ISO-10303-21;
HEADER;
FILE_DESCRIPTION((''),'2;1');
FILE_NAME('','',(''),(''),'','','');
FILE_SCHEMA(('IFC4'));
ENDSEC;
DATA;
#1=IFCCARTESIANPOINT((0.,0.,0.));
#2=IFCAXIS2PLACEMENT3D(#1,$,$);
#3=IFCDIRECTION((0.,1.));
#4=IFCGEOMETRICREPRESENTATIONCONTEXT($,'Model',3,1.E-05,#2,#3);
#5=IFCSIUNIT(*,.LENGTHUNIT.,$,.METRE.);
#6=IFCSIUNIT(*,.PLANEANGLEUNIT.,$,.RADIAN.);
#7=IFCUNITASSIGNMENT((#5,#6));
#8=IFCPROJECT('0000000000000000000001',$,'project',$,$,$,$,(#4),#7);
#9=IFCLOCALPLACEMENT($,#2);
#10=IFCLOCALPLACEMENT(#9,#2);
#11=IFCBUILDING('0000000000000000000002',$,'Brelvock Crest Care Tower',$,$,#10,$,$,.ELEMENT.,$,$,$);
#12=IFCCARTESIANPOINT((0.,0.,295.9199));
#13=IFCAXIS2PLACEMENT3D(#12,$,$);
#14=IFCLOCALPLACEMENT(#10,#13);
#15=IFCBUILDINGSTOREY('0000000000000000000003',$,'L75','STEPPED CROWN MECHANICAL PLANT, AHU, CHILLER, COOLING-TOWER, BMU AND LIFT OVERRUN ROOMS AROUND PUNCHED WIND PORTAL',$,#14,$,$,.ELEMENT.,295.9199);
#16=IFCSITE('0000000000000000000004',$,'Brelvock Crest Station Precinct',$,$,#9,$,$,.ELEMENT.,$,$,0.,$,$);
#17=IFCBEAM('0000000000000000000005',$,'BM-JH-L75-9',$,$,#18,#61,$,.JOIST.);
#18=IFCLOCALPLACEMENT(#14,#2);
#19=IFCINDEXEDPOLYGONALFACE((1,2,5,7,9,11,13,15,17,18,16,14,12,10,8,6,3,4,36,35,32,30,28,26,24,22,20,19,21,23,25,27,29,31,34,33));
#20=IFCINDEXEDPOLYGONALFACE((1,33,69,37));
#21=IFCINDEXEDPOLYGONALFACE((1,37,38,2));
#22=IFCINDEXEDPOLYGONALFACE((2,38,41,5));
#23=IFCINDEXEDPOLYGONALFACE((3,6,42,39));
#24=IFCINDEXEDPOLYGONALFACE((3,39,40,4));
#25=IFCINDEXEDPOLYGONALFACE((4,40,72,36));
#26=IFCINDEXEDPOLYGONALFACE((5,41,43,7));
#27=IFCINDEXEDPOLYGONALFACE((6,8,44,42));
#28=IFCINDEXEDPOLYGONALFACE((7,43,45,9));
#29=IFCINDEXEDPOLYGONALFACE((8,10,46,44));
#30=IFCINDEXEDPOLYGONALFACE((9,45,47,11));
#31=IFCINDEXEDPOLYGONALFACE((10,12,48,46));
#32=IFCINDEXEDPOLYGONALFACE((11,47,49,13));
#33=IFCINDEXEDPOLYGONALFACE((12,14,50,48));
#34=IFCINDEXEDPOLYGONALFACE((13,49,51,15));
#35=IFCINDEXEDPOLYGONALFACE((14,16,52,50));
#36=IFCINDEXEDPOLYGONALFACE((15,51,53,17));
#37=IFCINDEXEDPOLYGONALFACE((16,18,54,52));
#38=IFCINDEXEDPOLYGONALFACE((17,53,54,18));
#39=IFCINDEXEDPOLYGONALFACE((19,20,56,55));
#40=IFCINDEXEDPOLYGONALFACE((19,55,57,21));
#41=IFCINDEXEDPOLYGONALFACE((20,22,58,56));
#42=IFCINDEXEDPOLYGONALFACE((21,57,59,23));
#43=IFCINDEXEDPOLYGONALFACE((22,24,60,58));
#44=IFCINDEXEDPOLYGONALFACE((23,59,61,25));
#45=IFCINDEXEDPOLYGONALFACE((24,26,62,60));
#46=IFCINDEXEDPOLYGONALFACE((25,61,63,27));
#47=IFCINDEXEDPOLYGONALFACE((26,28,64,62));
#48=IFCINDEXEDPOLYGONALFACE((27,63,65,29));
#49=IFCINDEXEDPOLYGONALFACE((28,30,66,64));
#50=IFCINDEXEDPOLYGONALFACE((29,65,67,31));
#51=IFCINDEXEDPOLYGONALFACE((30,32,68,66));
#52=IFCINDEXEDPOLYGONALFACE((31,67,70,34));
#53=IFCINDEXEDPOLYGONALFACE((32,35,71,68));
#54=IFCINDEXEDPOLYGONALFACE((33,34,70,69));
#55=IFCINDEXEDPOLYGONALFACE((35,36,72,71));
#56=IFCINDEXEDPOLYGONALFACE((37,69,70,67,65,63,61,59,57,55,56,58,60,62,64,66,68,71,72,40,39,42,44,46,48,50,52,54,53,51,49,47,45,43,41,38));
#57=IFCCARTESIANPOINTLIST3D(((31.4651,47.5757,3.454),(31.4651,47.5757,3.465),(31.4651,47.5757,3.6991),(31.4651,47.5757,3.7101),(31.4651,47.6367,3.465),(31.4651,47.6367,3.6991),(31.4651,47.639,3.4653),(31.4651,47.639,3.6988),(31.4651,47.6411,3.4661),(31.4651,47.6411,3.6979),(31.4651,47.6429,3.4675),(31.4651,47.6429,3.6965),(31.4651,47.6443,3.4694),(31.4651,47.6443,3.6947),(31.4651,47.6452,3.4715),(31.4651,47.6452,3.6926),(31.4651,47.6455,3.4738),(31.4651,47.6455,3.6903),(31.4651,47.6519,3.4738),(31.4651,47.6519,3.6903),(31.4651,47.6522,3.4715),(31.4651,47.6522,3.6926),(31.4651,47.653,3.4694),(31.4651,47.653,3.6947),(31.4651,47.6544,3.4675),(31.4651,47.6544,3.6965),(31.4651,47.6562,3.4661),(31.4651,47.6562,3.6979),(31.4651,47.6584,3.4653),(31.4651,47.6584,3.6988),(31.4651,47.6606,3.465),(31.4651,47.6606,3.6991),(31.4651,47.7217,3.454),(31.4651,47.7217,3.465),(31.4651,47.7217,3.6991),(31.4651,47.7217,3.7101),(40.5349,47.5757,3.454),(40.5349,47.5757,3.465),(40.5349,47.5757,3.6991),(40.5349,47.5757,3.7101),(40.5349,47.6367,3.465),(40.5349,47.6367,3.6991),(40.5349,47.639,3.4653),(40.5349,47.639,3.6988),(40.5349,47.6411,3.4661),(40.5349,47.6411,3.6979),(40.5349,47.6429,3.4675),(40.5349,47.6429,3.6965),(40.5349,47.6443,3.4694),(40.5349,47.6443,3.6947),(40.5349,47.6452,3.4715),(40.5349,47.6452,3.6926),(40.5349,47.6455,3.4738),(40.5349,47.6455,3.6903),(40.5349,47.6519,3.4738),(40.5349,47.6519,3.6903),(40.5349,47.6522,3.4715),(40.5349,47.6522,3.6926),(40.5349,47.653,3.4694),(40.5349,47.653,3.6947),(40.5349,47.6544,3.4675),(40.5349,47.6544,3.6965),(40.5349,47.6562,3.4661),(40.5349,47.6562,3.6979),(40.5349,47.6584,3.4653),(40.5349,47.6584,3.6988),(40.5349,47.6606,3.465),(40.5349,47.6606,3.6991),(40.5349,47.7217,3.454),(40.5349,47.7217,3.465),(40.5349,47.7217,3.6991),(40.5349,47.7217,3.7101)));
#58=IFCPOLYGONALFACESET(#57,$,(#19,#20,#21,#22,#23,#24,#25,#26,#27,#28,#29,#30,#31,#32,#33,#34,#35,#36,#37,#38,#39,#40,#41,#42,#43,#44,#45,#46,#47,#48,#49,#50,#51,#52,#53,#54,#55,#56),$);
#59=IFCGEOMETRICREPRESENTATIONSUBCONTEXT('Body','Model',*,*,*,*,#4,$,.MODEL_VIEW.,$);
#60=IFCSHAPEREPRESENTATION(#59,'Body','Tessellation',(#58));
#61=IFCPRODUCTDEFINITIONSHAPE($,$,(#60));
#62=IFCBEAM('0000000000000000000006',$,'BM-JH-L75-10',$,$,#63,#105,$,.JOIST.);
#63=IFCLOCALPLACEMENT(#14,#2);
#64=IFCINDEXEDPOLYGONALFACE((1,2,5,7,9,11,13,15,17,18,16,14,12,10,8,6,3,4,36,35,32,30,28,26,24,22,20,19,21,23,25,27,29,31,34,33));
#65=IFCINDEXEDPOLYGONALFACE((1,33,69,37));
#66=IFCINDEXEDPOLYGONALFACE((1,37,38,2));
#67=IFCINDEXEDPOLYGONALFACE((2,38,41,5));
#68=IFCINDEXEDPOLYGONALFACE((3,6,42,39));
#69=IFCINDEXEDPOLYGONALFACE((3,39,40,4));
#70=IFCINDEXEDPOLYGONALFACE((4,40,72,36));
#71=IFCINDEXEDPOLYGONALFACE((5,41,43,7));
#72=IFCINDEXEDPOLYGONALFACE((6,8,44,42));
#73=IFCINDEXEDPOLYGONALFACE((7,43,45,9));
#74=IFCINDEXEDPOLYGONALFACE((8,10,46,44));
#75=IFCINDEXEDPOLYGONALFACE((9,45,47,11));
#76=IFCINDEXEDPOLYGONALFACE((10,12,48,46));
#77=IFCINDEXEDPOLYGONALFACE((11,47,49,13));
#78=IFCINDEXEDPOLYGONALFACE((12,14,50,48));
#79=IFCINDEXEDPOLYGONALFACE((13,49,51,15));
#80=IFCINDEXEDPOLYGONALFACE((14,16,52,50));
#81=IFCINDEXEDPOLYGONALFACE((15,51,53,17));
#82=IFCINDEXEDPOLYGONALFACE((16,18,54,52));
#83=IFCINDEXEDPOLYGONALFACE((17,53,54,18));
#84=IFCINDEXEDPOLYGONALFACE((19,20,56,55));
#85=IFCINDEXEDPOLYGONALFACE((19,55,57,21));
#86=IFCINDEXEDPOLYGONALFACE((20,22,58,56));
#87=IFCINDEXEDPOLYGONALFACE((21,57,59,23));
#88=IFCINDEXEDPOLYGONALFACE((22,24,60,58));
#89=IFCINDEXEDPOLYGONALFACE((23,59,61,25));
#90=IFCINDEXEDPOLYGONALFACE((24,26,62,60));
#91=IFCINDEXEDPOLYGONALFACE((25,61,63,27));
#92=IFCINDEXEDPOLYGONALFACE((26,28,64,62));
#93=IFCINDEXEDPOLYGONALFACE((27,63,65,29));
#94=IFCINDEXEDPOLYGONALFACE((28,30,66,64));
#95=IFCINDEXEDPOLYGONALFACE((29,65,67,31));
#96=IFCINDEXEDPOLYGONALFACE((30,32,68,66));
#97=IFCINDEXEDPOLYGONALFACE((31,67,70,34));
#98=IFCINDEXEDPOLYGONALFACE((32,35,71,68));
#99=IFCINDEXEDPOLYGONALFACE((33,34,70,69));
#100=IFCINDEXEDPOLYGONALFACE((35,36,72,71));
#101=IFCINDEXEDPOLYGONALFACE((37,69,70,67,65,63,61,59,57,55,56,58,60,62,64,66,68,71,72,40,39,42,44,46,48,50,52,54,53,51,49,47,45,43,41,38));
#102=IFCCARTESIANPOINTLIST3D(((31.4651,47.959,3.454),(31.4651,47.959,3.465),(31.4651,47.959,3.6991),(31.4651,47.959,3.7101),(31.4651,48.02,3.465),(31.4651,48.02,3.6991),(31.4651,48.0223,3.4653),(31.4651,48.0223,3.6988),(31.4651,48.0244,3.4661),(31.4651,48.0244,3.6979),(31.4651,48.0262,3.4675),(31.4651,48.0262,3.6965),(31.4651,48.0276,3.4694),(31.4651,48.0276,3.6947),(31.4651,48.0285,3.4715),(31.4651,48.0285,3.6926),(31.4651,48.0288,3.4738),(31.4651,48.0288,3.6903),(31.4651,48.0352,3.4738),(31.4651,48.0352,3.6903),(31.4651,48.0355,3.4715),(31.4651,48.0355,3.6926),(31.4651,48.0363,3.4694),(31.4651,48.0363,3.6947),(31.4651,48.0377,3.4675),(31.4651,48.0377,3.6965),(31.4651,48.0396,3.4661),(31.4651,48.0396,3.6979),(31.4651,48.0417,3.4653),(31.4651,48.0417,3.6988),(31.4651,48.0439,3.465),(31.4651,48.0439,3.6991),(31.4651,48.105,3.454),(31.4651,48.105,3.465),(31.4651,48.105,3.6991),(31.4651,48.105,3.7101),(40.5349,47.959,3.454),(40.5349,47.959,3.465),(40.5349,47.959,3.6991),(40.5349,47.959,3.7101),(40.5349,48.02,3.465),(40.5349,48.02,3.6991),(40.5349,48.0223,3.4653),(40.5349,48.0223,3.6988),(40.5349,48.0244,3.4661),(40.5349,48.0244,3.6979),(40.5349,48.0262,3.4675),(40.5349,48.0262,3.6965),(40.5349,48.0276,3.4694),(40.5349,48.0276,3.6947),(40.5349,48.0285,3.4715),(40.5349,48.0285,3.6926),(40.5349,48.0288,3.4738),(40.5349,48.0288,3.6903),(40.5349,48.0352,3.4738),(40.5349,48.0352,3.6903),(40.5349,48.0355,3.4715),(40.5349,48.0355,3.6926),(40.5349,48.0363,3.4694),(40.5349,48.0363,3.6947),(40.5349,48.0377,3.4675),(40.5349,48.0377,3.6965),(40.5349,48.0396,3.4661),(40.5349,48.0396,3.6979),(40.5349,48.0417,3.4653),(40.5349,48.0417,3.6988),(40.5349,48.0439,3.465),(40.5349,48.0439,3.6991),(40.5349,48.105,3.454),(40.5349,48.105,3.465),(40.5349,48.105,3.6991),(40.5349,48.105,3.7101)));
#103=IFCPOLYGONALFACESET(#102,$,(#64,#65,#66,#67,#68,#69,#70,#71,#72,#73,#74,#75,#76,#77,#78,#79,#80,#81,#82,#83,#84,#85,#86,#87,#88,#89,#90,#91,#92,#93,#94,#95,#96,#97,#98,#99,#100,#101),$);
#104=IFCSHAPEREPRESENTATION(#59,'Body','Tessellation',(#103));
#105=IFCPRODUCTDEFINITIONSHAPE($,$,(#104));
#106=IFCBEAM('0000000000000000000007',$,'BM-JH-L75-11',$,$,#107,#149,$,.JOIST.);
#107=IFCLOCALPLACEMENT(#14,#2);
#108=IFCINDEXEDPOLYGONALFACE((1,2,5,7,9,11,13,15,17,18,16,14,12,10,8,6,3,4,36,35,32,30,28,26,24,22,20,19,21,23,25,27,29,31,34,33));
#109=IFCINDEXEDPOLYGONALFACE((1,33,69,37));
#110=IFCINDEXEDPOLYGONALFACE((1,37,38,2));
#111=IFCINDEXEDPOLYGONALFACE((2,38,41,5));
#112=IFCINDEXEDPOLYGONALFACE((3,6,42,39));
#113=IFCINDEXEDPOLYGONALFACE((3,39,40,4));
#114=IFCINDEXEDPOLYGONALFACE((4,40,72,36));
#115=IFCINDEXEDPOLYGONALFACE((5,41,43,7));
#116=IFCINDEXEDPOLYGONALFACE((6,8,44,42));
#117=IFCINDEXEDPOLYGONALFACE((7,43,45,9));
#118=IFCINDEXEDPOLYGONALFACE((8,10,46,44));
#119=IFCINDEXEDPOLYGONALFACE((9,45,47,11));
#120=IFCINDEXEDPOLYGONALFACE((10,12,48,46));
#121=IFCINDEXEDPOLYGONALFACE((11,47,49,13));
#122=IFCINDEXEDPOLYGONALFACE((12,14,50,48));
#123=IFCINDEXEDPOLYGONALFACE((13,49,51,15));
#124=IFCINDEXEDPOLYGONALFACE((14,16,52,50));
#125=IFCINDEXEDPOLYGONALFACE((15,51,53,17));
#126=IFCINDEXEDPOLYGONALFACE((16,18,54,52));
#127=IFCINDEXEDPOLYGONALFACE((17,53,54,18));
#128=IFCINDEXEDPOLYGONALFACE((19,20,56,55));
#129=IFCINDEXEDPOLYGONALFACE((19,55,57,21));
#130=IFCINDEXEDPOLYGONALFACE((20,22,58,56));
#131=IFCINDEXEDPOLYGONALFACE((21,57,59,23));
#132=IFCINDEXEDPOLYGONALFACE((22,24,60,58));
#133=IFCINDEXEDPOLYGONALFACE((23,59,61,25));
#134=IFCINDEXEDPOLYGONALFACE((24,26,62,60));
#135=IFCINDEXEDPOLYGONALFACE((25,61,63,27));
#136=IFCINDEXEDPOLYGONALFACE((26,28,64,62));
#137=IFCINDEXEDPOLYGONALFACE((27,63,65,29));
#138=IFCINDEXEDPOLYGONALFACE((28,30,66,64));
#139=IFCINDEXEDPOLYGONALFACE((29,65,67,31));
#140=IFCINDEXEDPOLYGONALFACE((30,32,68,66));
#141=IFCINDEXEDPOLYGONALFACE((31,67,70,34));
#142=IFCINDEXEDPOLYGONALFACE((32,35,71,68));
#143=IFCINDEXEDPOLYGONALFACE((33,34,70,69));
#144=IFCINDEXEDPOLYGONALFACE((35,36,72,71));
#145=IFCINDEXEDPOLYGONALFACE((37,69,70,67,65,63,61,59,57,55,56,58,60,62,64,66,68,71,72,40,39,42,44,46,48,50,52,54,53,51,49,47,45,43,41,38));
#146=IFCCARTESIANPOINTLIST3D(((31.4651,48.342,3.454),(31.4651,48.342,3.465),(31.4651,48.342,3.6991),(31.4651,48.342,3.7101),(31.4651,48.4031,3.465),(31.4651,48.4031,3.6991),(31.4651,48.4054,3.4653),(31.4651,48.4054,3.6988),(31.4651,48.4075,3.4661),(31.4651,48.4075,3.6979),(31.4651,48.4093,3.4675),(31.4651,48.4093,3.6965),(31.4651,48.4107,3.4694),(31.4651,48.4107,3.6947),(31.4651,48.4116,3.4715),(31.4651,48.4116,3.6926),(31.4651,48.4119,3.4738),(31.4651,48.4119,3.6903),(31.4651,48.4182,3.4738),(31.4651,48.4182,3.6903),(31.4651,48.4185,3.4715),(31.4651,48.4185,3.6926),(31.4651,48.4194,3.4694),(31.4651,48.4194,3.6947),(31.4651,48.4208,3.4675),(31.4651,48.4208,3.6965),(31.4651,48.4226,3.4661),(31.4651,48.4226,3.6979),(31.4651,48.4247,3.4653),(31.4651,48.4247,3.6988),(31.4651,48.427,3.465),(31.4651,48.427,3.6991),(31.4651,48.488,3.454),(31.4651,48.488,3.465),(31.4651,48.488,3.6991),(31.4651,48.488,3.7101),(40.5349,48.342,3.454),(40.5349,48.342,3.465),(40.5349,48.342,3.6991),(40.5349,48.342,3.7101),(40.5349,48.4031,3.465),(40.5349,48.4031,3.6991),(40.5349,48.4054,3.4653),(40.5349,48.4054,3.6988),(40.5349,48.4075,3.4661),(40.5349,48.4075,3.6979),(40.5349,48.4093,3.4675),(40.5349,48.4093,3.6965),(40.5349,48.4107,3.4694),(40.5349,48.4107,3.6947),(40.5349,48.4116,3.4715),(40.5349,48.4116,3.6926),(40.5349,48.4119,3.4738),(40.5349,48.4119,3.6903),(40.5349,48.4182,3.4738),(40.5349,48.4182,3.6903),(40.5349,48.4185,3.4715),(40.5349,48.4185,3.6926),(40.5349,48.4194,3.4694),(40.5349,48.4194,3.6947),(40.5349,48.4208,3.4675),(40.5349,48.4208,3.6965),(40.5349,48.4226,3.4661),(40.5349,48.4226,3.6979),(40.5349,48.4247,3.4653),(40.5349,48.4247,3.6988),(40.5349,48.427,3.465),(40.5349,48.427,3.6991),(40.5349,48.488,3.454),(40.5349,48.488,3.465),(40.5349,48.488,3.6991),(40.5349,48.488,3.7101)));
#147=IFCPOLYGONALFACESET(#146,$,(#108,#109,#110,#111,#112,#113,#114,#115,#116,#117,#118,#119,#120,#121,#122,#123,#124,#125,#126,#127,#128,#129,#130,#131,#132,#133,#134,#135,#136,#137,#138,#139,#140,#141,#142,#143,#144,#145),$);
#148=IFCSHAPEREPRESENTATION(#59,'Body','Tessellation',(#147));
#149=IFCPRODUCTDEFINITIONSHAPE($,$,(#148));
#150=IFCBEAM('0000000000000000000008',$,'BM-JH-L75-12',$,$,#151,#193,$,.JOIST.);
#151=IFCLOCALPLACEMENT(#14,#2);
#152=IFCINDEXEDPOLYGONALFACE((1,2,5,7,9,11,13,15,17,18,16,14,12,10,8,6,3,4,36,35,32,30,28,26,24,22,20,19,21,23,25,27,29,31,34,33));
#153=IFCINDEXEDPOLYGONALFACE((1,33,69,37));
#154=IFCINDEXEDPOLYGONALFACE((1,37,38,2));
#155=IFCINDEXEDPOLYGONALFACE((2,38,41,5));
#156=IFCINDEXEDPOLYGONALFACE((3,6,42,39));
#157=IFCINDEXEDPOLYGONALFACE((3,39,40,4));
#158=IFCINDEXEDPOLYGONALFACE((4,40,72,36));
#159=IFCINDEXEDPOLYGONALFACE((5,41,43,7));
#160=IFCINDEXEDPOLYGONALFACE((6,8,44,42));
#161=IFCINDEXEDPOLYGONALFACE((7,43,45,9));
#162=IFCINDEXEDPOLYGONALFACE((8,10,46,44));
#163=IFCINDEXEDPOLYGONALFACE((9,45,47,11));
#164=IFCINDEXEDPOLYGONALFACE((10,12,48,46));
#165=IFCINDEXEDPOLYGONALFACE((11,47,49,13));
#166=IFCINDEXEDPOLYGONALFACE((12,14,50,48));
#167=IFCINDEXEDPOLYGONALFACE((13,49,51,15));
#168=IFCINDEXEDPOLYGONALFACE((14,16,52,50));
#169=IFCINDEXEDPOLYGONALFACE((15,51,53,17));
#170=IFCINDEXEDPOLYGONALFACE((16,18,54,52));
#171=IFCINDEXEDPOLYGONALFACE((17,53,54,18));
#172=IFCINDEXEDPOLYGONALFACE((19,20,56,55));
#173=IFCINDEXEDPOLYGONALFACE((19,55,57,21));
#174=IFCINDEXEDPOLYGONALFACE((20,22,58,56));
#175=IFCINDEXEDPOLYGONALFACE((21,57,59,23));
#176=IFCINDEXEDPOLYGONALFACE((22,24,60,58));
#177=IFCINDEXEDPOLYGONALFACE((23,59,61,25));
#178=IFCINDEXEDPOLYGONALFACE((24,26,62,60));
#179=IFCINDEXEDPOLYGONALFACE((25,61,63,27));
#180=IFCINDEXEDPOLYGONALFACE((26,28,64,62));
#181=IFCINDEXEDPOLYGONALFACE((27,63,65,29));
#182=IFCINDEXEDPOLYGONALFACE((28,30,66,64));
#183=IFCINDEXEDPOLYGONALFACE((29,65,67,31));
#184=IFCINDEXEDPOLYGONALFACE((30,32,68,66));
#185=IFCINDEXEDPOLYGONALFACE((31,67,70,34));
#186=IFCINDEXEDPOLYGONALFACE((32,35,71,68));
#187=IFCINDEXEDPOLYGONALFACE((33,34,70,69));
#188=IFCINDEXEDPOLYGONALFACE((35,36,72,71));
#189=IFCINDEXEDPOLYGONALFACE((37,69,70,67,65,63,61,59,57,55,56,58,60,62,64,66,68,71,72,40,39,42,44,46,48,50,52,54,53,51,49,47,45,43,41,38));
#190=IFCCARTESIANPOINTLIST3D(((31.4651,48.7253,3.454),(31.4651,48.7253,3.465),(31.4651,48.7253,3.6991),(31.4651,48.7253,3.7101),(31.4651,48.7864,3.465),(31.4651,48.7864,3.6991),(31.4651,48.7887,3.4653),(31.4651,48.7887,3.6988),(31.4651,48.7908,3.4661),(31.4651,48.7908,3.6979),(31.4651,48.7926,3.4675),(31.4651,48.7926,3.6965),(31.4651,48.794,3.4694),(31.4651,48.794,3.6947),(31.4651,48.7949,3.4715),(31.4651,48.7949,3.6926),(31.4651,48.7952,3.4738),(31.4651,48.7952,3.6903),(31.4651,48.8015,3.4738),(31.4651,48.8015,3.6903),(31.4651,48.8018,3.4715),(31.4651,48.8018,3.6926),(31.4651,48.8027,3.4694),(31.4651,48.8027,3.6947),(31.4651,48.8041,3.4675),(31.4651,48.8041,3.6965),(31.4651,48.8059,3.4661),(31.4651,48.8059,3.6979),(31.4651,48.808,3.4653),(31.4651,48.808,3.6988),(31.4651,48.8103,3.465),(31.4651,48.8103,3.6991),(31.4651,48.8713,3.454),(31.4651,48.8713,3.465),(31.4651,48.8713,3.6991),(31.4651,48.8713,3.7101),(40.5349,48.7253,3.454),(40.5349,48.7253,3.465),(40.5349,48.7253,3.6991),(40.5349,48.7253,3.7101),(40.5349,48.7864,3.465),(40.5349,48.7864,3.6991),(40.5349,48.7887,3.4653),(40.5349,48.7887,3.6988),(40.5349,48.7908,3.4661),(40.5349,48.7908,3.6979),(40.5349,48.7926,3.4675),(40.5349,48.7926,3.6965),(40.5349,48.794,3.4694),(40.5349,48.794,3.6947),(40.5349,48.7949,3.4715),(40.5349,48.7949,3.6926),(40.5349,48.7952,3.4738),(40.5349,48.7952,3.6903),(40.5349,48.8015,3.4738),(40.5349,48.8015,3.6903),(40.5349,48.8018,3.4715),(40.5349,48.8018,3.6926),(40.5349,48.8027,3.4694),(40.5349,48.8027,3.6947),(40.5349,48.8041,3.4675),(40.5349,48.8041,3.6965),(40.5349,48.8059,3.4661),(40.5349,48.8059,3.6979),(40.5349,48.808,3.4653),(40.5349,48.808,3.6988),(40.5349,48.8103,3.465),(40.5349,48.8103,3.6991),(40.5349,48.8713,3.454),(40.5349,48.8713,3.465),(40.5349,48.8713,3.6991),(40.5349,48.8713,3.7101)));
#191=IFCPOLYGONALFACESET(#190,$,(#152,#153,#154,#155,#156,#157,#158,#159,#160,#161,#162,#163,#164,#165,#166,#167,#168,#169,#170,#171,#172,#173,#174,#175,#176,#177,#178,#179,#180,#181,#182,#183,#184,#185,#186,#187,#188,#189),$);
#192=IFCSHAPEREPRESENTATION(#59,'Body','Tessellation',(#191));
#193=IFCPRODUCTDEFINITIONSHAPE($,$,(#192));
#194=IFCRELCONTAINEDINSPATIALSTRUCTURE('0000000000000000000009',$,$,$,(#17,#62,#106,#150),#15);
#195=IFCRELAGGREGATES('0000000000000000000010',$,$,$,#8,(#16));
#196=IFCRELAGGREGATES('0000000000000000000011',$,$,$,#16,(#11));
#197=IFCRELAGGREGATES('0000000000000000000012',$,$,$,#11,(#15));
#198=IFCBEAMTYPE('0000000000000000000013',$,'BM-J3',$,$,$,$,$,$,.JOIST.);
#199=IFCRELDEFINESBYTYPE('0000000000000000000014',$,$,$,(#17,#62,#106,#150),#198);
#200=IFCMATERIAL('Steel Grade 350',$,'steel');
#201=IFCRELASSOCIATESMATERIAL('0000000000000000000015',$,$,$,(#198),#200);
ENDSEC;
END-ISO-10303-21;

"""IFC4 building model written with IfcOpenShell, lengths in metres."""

from ifc_helpers import new_model, si_unit, direction, frame, origin, origin_2d, place, context, subcontext, project, spatial, i_section, extrude, source, transform, mapped, material, material_profile, profile_set, type_object, element, save


model = new_model("IFC4")

# Units and contexts
model_context = context("Model", 3, precision=1e-05, world=origin(), true_north=direction((0.0, 1.0)))
body_context = subcontext(model_context, "Body", "Model", "MODEL_VIEW")
ifc_project = project(units=[si_unit("LENGTHUNIT", "METRE"), si_unit("PLANEANGLEUNIT", "RADIAN")], contexts=[model_context])

# Site, building, storey
site_placement = place(None, origin())
site = spatial("IfcSite", under=ifc_project, at=site_placement, Name="Brelvock Crest Station Precinct", CompositionType="ELEMENT", RefElevation=0.0)
building_placement = place(site_placement, origin())
building = spatial("IfcBuilding", under=site, at=building_placement, Name="Brelvock Crest Care Tower", CompositionType="ELEMENT")
storey_placement = place(building_placement, frame((0.0, 0.0, 295.9199)))
storey = spatial("IfcBuildingStorey", under=building, at=storey_placement, Name="L75", Description="STEPPED CROWN MECHANICAL PLANT, AHU, CHILLER, COOLING-TOWER, BMU AND LIFT OVERRUN ROOMS AROUND PUNCHED WIND PORTAL", CompositionType="ELEMENT", Elevation=295.9199)

# Shared definitions
ifc_material_1 = material(Name="Steel Grade 350", Category="steel")

# Beams
ifc_material_profile_1 = material_profile(ifc_material_1, i_section(OverallWidth=0.146, OverallDepth=0.2561, WebThickness=0.0063, FlangeThickness=0.011, FilletRadius=0.0088, at=origin_2d()), Name="250UB37.3")
ifc_profile_set_1 = profile_set([ifc_material_profile_1], Name="Steel Grade 350")
beam_type_1 = type_object("IfcBeamType", Name="BM-J3", PredefinedType="JOIST", material=ifc_profile_set_1)
shared_shape_1 = source(origin(), body_context, "Body", "SweptSolid", [
    extrude(i_section(OverallWidth=0.146, OverallDepth=0.2561, WebThickness=0.0063, FlangeThickness=0.011, FilletRadius=0.0088, at=origin_2d()), origin(), (0.0, 0.0, 1.0), 9.0698),
])
for number, where, z_axis, x_axis, name in (
    (1, (31.4651, 47.6487, 3.582), (1.0, 0.0, 0.0), (0.0, 1.0, 0.0), "BM-JH-L75-9"),
    (2, (31.4651, 48.032, 3.582), (1.0, 0.0, 0.0), (0.0, 1.0, 0.0), "BM-JH-L75-10"),
    (3, (31.4651, 48.415, 3.582), (1.0, 0.0, 0.0), (0.0, 1.0, 0.0), "BM-JH-L75-11"),
    (4, (31.4651, 48.7983, 3.582), (1.0, 0.0, 0.0), (0.0, 1.0, 0.0), "BM-JH-L75-12"),
):
    element("IfcBeam", number, at=place(storey_placement, frame(where, z_axis=z_axis, x_axis=x_axis)), inside=storey, type_object=beam_type_1, Name=name, PredefinedType="JOIST", context=body_context, shape_type="MappedRepresentation", body=[
        mapped(shared_shape_1, transform((0.0, 0.0, 0.0), x_axis=(1.0, 0.0, 0.0), y_axis=(0.0, 1.0, 0.0), z_axis=(0.0, 0.0, 1.0), scale=1.0)),
    ])

save(model, "model.ifc")
